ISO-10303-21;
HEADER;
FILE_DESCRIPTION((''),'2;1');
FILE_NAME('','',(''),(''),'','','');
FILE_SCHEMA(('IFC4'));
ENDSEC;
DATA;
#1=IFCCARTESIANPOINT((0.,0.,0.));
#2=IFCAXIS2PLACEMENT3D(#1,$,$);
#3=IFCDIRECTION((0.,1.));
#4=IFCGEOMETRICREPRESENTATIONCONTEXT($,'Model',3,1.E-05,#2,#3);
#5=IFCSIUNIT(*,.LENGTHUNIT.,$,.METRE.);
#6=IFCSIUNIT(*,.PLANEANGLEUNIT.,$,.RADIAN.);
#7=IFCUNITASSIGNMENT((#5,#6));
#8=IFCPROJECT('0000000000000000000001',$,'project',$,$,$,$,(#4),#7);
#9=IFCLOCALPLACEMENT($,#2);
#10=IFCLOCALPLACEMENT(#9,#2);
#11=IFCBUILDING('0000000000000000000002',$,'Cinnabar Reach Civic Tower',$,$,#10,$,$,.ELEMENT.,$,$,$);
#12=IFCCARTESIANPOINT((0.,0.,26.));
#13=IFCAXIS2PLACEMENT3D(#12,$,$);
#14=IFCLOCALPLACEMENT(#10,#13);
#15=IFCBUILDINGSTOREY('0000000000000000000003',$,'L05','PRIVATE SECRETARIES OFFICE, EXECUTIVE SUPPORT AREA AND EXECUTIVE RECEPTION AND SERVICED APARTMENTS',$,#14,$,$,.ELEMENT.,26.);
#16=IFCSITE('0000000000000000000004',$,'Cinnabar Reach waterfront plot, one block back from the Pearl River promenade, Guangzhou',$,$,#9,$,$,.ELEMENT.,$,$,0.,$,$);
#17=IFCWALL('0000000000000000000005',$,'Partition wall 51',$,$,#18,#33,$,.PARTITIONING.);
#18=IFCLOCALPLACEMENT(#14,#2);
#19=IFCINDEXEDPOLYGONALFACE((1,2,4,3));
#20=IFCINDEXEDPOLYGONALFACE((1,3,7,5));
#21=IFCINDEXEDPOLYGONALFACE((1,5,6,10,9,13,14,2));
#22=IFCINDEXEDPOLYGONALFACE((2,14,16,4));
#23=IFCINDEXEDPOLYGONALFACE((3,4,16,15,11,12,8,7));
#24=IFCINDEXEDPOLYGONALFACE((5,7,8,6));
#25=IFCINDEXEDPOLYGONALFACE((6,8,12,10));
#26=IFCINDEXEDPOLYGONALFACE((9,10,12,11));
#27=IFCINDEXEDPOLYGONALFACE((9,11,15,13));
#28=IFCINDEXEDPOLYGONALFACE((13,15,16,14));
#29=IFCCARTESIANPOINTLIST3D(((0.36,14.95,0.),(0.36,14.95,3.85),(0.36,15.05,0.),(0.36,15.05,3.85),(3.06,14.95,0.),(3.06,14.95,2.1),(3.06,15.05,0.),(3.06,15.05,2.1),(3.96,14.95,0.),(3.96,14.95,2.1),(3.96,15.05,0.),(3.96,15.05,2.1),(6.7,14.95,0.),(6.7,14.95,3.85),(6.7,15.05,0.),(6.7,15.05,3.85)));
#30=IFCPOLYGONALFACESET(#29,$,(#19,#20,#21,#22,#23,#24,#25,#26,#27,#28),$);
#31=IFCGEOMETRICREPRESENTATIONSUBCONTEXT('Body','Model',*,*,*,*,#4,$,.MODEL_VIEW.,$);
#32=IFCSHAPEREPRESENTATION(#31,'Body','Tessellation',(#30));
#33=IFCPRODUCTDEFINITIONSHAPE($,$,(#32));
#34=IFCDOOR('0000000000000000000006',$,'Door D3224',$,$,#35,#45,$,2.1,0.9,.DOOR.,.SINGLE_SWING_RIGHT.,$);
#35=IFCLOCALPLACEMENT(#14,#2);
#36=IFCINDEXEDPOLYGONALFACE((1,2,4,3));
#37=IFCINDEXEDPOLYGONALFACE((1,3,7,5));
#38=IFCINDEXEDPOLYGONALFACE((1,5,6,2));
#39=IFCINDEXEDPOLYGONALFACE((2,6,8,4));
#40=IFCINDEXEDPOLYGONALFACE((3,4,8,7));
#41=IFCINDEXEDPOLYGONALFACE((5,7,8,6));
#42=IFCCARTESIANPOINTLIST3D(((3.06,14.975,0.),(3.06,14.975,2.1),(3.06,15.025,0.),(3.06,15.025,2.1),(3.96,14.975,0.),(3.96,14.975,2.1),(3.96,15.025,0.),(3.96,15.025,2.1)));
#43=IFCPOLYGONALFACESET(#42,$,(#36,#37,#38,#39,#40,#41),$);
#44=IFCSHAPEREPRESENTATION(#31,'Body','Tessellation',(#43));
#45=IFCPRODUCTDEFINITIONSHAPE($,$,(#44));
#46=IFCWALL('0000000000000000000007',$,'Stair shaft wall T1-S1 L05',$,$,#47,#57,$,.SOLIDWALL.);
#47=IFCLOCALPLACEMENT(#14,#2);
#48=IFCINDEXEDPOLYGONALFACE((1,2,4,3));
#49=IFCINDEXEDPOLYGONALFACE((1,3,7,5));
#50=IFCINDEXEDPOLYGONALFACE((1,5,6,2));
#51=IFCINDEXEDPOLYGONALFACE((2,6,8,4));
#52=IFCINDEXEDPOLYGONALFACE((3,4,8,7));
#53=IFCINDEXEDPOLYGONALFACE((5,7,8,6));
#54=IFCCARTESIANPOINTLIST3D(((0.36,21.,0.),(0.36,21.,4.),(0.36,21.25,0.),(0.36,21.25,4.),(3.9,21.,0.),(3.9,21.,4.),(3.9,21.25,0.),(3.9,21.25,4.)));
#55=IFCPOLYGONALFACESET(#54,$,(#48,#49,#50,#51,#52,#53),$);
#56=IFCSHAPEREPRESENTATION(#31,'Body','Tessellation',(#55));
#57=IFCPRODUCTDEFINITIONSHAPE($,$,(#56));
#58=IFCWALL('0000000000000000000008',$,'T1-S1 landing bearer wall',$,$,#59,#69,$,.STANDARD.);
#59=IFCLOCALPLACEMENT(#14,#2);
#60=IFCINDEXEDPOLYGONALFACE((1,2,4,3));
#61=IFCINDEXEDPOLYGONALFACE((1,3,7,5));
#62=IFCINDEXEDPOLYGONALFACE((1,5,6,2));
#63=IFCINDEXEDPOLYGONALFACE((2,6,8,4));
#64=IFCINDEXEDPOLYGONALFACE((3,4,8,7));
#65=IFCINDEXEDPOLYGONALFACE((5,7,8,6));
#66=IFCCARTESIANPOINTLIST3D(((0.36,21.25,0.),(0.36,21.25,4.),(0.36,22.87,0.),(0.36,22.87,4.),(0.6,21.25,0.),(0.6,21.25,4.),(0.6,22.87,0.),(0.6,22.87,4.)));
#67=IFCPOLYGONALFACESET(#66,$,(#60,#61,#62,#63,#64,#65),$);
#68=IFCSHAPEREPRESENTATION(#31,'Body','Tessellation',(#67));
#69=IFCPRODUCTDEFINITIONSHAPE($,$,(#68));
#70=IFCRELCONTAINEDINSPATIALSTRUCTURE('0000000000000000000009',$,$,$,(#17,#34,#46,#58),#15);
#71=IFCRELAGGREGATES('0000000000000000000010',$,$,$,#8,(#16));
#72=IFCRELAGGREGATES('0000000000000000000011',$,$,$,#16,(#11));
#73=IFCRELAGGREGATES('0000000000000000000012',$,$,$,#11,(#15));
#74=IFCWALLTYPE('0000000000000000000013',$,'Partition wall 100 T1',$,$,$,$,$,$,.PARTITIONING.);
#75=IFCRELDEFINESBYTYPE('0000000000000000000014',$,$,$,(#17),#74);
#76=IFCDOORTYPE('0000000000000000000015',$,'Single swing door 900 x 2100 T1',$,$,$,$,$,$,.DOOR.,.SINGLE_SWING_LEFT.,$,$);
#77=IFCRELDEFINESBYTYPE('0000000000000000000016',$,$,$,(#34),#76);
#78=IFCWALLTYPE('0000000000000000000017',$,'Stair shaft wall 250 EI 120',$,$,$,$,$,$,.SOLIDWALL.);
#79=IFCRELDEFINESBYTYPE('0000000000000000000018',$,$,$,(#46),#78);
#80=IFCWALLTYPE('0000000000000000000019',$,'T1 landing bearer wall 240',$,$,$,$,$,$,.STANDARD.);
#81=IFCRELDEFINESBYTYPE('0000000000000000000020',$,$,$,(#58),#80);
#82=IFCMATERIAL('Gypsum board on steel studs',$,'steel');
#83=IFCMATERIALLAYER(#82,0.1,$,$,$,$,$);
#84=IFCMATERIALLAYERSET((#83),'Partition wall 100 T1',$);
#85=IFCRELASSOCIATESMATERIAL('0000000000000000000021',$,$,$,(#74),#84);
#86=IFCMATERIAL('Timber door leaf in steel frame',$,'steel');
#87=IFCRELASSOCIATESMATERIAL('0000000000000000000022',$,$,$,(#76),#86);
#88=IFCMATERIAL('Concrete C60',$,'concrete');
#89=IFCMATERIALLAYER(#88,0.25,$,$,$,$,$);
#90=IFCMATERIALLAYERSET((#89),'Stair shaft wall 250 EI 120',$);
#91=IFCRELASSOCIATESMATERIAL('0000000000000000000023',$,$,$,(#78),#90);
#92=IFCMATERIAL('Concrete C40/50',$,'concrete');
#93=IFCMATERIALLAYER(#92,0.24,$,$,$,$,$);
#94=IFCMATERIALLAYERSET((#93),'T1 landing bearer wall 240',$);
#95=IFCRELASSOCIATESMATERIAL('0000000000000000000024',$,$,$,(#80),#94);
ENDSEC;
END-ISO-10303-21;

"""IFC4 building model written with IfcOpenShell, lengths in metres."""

from ifc_helpers import new_model, si_unit, direction, frame, frame_2d, origin, place, context, subcontext, project, spatial, rectangle, extrude, material, layer, layer_set, type_object, element, fill, save


model = new_model("IFC4")

# Units and contexts
model_context = context("Model", 3, precision=1e-05, world=origin(), true_north=direction((0.0, 1.0)))
body_context = subcontext(model_context, "Body", "Model", "MODEL_VIEW")
ifc_project = project(units=[si_unit("LENGTHUNIT", "METRE"), si_unit("PLANEANGLEUNIT", "RADIAN")], contexts=[model_context])

# Site, building, storey
site_placement = place(None, origin())
site = spatial("IfcSite", under=ifc_project, at=site_placement, Name="Cinnabar Reach waterfront plot, one block back from the Pearl River promenade, Guangzhou", CompositionType="ELEMENT", RefElevation=0.0)
building_placement = place(site_placement, origin())
building = spatial("IfcBuilding", under=site, at=building_placement, Name="Cinnabar Reach Civic Tower", CompositionType="ELEMENT")
storey_placement = place(building_placement, frame((0.0, 0.0, 26.0)))
storey = spatial("IfcBuildingStorey", under=building, at=storey_placement, Name="L05", Description="PRIVATE SECRETARIES OFFICE, EXECUTIVE SUPPORT AREA AND EXECUTIVE RECEPTION AND SERVICED APARTMENTS", CompositionType="ELEMENT", Elevation=26.0)

# Shared definitions
ifc_material_1 = material(Name="Timber door leaf in steel frame", Category="steel")

# Wall, opening, door
ifc_material_2 = material(Name="Gypsum board on steel studs", Category="steel")
ifc_layer_1 = layer(ifc_material_2, 0.1)
ifc_layer_set_1 = layer_set([ifc_layer_1], Name="Partition wall 100 T1")
wall_type_1 = type_object("IfcWallType", Name="Partition wall 100 T1", PredefinedType="PARTITIONING", material=ifc_layer_set_1)
door_type_1 = type_object("IfcDoorType", Name="Single swing door 900 x 2100 T1", OperationType="SINGLE_SWING_LEFT", PredefinedType="DOOR", material=ifc_material_1)
wall_1_placement = place(storey_placement, frame((0.36, 15.0, 0.0), z_axis=(0.0, 0.0, 1.0), x_axis=(1.0, 0.0, 0.0)))
wall_1 = element("IfcWall", 1, at=wall_1_placement, inside=storey, type_object=wall_type_1, Name="Partition wall 51", PredefinedType="PARTITIONING", context=body_context, shape_type="SweptSolid", body=[
    extrude(rectangle(XDim=6.34, YDim=0.1, at=frame_2d((3.17, 0.0))), origin(), (0.0, 0.0, 1.0), 3.85),
])
opening_1_placement = place(wall_1_placement, frame((2.7, 0.0, 0.0)))
opening_1 = element("IfcOpeningElement", 2, at=opening_1_placement, cuts=wall_1, PredefinedType="OPENING", context=body_context, shape_type="SweptSolid", body=[
    extrude(rectangle(XDim=0.9, YDim=2.1, at=frame_2d((0.45, 1.05))), frame((0.0, 0.06, 0.0), z_axis=(0.0, -1.0, 0.0), x_axis=(1.0, 0.0, 0.0)), (0.0, 0.0, 1.0), 0.12),
])
door_1_placement = place(opening_1_placement, origin())
door_1 = element("IfcDoor", 3, at=door_1_placement, inside=storey, type_object=door_type_1, Name="Door D3224", OperationType="SINGLE_SWING_RIGHT", OverallHeight=2.1, OverallWidth=0.9, PredefinedType="DOOR", context=body_context, shape_type="SweptSolid", body=[
    extrude(rectangle(XDim=0.9, YDim=2.1, at=frame_2d((0.45, 1.05))), frame((0.0, 0.025, 0.0), z_axis=(0.0, -1.0, 0.0), x_axis=(1.0, 0.0, 0.0)), (0.0, 0.0, 1.0), 0.05),
])
fill(opening_1, door_1)

# Walls
ifc_material_3 = material(Name="Concrete C60", Category="concrete")
ifc_layer_2 = layer(ifc_material_3, 0.25)
ifc_layer_set_2 = layer_set([ifc_layer_2], Name="Stair shaft wall 250 EI 120")
wall_type_2 = type_object("IfcWallType", Name="Stair shaft wall 250 EI 120", PredefinedType="SOLIDWALL", material=ifc_layer_set_2)
wall_2_placement = place(storey_placement, frame((0.36, 21.125, 0.0), z_axis=(0.0, 0.0, 1.0), x_axis=(1.0, 0.0, 0.0)))
element("IfcWall", 4, at=wall_2_placement, inside=storey, type_object=wall_type_2, Name="Stair shaft wall T1-S1 L05", PredefinedType="SOLIDWALL", context=body_context, shape_type="SweptSolid", body=[
    extrude(rectangle(XDim=3.54, YDim=0.25, at=frame_2d((1.77, 0.0))), origin(), (0.0, 0.0, 1.0), 4.0),
])
ifc_material_4 = material(Name="Concrete C40/50", Category="concrete")
ifc_layer_3 = layer(ifc_material_4, 0.24)
ifc_layer_set_3 = layer_set([ifc_layer_3], Name="T1 landing bearer wall 240")
wall_type_3 = type_object("IfcWallType", Name="T1 landing bearer wall 240", PredefinedType="STANDARD", material=ifc_layer_set_3)
wall_3_placement = place(storey_placement, frame((0.48, 21.25, 0.0), z_axis=(0.0, 0.0, 1.0), x_axis=(0.0, 1.0, 0.0)))
element("IfcWall", 5, at=wall_3_placement, inside=storey, type_object=wall_type_3, Name="T1-S1 landing bearer wall", PredefinedType="STANDARD", context=body_context, shape_type="SweptSolid", body=[
    extrude(rectangle(XDim=1.62, YDim=0.24, at=frame_2d((0.81, 0.0))), origin(), (0.0, 0.0, 1.0), 4.0),
])

save(model, "model.ifc")
